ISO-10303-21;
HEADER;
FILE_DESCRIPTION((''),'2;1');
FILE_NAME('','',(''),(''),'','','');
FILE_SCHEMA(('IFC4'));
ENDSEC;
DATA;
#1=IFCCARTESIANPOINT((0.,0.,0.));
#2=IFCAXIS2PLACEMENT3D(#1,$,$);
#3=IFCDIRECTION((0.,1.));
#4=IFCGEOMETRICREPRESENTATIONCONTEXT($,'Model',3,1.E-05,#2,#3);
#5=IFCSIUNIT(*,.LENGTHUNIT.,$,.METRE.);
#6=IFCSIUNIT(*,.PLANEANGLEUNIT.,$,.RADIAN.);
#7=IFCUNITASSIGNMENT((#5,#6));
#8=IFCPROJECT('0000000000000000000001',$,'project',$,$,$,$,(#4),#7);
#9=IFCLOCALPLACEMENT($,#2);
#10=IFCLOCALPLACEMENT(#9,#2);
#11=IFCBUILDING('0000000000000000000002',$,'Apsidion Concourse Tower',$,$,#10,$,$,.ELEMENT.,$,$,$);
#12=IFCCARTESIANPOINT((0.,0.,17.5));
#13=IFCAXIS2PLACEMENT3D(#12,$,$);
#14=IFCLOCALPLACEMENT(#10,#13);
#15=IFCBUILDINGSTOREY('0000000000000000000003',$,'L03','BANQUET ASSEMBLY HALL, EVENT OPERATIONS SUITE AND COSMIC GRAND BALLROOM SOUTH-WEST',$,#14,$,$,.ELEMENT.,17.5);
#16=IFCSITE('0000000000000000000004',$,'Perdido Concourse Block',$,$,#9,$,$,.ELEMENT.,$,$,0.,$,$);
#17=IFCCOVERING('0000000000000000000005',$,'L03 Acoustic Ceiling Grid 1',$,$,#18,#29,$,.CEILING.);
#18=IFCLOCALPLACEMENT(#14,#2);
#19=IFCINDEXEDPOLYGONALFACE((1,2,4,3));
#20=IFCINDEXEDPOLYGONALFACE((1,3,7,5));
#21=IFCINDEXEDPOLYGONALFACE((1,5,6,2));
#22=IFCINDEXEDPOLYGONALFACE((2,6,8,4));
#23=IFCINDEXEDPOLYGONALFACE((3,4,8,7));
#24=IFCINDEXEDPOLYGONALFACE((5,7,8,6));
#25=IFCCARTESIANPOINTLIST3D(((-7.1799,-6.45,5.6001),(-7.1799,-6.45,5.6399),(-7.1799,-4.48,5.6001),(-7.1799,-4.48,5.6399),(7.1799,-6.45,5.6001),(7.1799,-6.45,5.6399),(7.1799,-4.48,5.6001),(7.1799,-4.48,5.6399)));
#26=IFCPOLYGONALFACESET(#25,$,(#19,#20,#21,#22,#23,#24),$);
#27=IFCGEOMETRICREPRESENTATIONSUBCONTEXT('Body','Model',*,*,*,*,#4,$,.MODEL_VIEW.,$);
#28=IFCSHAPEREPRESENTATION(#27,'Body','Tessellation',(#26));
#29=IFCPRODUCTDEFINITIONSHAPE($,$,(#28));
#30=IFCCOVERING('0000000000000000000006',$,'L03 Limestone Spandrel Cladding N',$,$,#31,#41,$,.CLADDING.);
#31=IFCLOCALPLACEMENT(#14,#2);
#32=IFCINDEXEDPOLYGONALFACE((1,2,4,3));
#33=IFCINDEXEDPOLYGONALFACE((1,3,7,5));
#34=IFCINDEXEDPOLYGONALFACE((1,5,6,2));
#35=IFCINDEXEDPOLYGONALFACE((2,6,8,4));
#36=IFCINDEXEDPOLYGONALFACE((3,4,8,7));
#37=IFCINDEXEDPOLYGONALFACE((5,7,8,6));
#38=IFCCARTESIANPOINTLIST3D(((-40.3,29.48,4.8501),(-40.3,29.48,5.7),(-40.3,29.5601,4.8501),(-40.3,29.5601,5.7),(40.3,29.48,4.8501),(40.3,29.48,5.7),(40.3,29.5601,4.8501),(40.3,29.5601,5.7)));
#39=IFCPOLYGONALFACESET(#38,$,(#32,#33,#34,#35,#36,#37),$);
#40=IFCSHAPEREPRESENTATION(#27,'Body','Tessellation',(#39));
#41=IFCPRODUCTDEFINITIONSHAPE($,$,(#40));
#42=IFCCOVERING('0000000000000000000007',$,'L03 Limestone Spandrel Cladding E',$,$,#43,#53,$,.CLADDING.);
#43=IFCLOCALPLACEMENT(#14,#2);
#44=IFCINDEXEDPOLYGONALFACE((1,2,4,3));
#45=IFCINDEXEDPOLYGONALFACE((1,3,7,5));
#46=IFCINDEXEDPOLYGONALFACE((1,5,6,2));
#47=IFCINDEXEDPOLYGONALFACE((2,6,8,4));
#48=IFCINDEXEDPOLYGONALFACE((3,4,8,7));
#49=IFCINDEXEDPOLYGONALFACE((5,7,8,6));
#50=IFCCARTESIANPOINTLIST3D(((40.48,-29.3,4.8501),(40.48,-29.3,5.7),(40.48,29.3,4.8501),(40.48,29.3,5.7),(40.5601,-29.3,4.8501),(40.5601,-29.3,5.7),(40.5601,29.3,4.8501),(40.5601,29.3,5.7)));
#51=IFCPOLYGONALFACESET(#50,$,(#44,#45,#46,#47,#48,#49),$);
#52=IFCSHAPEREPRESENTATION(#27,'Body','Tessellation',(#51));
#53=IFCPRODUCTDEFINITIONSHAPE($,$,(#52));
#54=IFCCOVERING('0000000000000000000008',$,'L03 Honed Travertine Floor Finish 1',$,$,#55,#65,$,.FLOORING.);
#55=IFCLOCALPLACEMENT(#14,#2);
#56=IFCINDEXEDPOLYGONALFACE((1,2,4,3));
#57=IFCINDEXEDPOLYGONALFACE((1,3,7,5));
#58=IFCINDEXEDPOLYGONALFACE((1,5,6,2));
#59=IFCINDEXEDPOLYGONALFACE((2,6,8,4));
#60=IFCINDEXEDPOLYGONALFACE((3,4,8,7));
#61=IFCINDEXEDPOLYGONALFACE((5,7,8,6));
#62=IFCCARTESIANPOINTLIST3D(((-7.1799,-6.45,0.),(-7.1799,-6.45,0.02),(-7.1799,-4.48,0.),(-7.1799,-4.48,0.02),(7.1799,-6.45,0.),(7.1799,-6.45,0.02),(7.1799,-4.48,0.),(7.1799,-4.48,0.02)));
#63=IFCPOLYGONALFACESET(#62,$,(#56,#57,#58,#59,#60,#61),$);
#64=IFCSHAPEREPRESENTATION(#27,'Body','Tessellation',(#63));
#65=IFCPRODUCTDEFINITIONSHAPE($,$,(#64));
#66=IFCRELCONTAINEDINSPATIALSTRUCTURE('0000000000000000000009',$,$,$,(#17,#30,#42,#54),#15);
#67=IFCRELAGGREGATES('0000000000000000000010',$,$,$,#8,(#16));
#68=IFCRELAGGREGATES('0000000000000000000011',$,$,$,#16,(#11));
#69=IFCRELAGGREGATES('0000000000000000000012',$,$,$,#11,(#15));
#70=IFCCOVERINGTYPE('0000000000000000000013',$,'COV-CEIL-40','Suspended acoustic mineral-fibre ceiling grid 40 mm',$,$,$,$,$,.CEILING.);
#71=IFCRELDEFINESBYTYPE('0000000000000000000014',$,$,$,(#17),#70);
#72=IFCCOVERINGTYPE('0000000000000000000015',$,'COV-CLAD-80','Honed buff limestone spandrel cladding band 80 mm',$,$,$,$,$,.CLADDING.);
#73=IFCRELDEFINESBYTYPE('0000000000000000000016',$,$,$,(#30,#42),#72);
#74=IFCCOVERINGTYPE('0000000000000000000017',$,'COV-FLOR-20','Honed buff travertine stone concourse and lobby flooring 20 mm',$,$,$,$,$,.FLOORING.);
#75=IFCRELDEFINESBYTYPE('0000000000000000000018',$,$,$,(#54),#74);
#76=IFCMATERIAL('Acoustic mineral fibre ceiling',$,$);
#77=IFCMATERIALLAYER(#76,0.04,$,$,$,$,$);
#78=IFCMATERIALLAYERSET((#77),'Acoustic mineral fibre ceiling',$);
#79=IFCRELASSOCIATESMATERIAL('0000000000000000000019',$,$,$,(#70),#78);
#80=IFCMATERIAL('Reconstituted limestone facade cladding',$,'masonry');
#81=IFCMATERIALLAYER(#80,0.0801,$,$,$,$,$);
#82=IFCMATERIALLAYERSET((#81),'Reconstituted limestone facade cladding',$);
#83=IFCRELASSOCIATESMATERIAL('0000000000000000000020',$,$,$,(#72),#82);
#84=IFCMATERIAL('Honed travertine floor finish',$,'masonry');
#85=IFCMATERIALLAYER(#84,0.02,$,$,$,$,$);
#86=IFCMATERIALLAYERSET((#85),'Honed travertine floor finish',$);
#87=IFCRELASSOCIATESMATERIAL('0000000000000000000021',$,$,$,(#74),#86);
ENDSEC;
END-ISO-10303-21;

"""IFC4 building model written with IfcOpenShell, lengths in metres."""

from ifc_helpers import new_model, si_unit, direction, frame, origin, place, context, subcontext, project, spatial, polyline, outline, extrude, material, layer, layer_set, type_object, element, save


model = new_model("IFC4")

# Units and contexts
model_context = context("Model", 3, precision=1e-05, world=origin(), true_north=direction((0.0, 1.0)))
body_context = subcontext(model_context, "Body", "Model", "MODEL_VIEW")
ifc_project = project(units=[si_unit("LENGTHUNIT", "METRE"), si_unit("PLANEANGLEUNIT", "RADIAN")], contexts=[model_context])

# Site, building, storey
site_placement = place(None, origin())
site = spatial("IfcSite", under=ifc_project, at=site_placement, Name="Perdido Concourse Block", CompositionType="ELEMENT", RefElevation=0.0)
building_placement = place(site_placement, origin())
building = spatial("IfcBuilding", under=site, at=building_placement, Name="Apsidion Concourse Tower", CompositionType="ELEMENT")
storey_placement = place(building_placement, frame((0.0, 0.0, 17.5)))
storey = spatial("IfcBuildingStorey", under=building, at=storey_placement, Name="L03", Description="BANQUET ASSEMBLY HALL, EVENT OPERATIONS SUITE AND COSMIC GRAND BALLROOM SOUTH-WEST", CompositionType="ELEMENT", Elevation=17.5)

# Coverings
ifc_material_1 = material(Name="Acoustic mineral fibre ceiling")
ifc_layer_1 = layer(ifc_material_1, 0.04)
ifc_layer_set_1 = layer_set([ifc_layer_1], Name="Acoustic mineral fibre ceiling")
covering_type_1 = type_object("IfcCoveringType", Name="COV-CEIL-40", Description="Suspended acoustic mineral-fibre ceiling grid 40 mm", PredefinedType="CEILING", material=ifc_layer_set_1)
covering_1_placement = place(storey_placement, frame((0.0, 0.0, 5.6001)))
element("IfcCovering", 1, at=covering_1_placement, inside=storey, type_object=covering_type_1, Name="L03 Acoustic Ceiling Grid 1", PredefinedType="CEILING", context=body_context, shape_type="SweptSolid", body=[
    extrude(outline(polyline([(-7.1799, -6.45), (-7.1799, -4.48), (7.1799, -4.48), (7.1799, -6.45), (-7.1799, -6.45)])), origin(), (0.0, 0.0, 1.0), 0.0398),
])
ifc_material_2 = material(Name="Reconstituted limestone facade cladding", Category="masonry")
ifc_layer_2 = layer(ifc_material_2, 0.0801)
ifc_layer_set_2 = layer_set([ifc_layer_2], Name="Reconstituted limestone facade cladding")
covering_type_2 = type_object("IfcCoveringType", Name="COV-CLAD-80", Description="Honed buff limestone spandrel cladding band 80 mm", PredefinedType="CLADDING", material=ifc_layer_set_2)
covering_2_placement = place(storey_placement, frame((0.0, 0.0, 4.8501)))
element("IfcCovering", 2, at=covering_2_placement, inside=storey, type_object=covering_type_2, Name="L03 Limestone Spandrel Cladding N", PredefinedType="CLADDING", context=body_context, shape_type="SweptSolid", body=[
    extrude(outline(polyline([(-40.3, 29.48), (40.3, 29.48), (40.3, 29.5601), (-40.3, 29.5601), (-40.3, 29.48)])), origin(), (0.0, 0.0, 1.0), 0.8499),
])
covering_3_placement = place(storey_placement, frame((0.0, 0.0, 4.8501)))
element("IfcCovering", 3, at=covering_3_placement, inside=storey, type_object=covering_type_2, Name="L03 Limestone Spandrel Cladding E", PredefinedType="CLADDING", context=body_context, shape_type="SweptSolid", body=[
    extrude(outline(polyline([(40.48, 29.3), (40.48, -29.3), (40.5601, -29.3), (40.5601, 29.3), (40.48, 29.3)])), origin(), (0.0, 0.0, 1.0), 0.8499),
])
ifc_material_3 = material(Name="Honed travertine floor finish", Category="masonry")
ifc_layer_3 = layer(ifc_material_3, 0.02)
ifc_layer_set_3 = layer_set([ifc_layer_3], Name="Honed travertine floor finish")
covering_type_3 = type_object("IfcCoveringType", Name="COV-FLOR-20", Description="Honed buff travertine stone concourse and lobby flooring 20 mm", PredefinedType="FLOORING", material=ifc_layer_set_3)
covering_4_placement = place(storey_placement, origin())
element("IfcCovering", 4, at=covering_4_placement, inside=storey, type_object=covering_type_3, Name="L03 Honed Travertine Floor Finish 1", PredefinedType="FLOORING", context=body_context, shape_type="SweptSolid", body=[
    extrude(outline(polyline([(-7.1799, -6.45), (-7.1799, -4.48), (7.1799, -4.48), (7.1799, -6.45), (-7.1799, -6.45)])), origin(), (0.0, 0.0, 1.0), 0.02),
])

save(model, "model.ifc")
